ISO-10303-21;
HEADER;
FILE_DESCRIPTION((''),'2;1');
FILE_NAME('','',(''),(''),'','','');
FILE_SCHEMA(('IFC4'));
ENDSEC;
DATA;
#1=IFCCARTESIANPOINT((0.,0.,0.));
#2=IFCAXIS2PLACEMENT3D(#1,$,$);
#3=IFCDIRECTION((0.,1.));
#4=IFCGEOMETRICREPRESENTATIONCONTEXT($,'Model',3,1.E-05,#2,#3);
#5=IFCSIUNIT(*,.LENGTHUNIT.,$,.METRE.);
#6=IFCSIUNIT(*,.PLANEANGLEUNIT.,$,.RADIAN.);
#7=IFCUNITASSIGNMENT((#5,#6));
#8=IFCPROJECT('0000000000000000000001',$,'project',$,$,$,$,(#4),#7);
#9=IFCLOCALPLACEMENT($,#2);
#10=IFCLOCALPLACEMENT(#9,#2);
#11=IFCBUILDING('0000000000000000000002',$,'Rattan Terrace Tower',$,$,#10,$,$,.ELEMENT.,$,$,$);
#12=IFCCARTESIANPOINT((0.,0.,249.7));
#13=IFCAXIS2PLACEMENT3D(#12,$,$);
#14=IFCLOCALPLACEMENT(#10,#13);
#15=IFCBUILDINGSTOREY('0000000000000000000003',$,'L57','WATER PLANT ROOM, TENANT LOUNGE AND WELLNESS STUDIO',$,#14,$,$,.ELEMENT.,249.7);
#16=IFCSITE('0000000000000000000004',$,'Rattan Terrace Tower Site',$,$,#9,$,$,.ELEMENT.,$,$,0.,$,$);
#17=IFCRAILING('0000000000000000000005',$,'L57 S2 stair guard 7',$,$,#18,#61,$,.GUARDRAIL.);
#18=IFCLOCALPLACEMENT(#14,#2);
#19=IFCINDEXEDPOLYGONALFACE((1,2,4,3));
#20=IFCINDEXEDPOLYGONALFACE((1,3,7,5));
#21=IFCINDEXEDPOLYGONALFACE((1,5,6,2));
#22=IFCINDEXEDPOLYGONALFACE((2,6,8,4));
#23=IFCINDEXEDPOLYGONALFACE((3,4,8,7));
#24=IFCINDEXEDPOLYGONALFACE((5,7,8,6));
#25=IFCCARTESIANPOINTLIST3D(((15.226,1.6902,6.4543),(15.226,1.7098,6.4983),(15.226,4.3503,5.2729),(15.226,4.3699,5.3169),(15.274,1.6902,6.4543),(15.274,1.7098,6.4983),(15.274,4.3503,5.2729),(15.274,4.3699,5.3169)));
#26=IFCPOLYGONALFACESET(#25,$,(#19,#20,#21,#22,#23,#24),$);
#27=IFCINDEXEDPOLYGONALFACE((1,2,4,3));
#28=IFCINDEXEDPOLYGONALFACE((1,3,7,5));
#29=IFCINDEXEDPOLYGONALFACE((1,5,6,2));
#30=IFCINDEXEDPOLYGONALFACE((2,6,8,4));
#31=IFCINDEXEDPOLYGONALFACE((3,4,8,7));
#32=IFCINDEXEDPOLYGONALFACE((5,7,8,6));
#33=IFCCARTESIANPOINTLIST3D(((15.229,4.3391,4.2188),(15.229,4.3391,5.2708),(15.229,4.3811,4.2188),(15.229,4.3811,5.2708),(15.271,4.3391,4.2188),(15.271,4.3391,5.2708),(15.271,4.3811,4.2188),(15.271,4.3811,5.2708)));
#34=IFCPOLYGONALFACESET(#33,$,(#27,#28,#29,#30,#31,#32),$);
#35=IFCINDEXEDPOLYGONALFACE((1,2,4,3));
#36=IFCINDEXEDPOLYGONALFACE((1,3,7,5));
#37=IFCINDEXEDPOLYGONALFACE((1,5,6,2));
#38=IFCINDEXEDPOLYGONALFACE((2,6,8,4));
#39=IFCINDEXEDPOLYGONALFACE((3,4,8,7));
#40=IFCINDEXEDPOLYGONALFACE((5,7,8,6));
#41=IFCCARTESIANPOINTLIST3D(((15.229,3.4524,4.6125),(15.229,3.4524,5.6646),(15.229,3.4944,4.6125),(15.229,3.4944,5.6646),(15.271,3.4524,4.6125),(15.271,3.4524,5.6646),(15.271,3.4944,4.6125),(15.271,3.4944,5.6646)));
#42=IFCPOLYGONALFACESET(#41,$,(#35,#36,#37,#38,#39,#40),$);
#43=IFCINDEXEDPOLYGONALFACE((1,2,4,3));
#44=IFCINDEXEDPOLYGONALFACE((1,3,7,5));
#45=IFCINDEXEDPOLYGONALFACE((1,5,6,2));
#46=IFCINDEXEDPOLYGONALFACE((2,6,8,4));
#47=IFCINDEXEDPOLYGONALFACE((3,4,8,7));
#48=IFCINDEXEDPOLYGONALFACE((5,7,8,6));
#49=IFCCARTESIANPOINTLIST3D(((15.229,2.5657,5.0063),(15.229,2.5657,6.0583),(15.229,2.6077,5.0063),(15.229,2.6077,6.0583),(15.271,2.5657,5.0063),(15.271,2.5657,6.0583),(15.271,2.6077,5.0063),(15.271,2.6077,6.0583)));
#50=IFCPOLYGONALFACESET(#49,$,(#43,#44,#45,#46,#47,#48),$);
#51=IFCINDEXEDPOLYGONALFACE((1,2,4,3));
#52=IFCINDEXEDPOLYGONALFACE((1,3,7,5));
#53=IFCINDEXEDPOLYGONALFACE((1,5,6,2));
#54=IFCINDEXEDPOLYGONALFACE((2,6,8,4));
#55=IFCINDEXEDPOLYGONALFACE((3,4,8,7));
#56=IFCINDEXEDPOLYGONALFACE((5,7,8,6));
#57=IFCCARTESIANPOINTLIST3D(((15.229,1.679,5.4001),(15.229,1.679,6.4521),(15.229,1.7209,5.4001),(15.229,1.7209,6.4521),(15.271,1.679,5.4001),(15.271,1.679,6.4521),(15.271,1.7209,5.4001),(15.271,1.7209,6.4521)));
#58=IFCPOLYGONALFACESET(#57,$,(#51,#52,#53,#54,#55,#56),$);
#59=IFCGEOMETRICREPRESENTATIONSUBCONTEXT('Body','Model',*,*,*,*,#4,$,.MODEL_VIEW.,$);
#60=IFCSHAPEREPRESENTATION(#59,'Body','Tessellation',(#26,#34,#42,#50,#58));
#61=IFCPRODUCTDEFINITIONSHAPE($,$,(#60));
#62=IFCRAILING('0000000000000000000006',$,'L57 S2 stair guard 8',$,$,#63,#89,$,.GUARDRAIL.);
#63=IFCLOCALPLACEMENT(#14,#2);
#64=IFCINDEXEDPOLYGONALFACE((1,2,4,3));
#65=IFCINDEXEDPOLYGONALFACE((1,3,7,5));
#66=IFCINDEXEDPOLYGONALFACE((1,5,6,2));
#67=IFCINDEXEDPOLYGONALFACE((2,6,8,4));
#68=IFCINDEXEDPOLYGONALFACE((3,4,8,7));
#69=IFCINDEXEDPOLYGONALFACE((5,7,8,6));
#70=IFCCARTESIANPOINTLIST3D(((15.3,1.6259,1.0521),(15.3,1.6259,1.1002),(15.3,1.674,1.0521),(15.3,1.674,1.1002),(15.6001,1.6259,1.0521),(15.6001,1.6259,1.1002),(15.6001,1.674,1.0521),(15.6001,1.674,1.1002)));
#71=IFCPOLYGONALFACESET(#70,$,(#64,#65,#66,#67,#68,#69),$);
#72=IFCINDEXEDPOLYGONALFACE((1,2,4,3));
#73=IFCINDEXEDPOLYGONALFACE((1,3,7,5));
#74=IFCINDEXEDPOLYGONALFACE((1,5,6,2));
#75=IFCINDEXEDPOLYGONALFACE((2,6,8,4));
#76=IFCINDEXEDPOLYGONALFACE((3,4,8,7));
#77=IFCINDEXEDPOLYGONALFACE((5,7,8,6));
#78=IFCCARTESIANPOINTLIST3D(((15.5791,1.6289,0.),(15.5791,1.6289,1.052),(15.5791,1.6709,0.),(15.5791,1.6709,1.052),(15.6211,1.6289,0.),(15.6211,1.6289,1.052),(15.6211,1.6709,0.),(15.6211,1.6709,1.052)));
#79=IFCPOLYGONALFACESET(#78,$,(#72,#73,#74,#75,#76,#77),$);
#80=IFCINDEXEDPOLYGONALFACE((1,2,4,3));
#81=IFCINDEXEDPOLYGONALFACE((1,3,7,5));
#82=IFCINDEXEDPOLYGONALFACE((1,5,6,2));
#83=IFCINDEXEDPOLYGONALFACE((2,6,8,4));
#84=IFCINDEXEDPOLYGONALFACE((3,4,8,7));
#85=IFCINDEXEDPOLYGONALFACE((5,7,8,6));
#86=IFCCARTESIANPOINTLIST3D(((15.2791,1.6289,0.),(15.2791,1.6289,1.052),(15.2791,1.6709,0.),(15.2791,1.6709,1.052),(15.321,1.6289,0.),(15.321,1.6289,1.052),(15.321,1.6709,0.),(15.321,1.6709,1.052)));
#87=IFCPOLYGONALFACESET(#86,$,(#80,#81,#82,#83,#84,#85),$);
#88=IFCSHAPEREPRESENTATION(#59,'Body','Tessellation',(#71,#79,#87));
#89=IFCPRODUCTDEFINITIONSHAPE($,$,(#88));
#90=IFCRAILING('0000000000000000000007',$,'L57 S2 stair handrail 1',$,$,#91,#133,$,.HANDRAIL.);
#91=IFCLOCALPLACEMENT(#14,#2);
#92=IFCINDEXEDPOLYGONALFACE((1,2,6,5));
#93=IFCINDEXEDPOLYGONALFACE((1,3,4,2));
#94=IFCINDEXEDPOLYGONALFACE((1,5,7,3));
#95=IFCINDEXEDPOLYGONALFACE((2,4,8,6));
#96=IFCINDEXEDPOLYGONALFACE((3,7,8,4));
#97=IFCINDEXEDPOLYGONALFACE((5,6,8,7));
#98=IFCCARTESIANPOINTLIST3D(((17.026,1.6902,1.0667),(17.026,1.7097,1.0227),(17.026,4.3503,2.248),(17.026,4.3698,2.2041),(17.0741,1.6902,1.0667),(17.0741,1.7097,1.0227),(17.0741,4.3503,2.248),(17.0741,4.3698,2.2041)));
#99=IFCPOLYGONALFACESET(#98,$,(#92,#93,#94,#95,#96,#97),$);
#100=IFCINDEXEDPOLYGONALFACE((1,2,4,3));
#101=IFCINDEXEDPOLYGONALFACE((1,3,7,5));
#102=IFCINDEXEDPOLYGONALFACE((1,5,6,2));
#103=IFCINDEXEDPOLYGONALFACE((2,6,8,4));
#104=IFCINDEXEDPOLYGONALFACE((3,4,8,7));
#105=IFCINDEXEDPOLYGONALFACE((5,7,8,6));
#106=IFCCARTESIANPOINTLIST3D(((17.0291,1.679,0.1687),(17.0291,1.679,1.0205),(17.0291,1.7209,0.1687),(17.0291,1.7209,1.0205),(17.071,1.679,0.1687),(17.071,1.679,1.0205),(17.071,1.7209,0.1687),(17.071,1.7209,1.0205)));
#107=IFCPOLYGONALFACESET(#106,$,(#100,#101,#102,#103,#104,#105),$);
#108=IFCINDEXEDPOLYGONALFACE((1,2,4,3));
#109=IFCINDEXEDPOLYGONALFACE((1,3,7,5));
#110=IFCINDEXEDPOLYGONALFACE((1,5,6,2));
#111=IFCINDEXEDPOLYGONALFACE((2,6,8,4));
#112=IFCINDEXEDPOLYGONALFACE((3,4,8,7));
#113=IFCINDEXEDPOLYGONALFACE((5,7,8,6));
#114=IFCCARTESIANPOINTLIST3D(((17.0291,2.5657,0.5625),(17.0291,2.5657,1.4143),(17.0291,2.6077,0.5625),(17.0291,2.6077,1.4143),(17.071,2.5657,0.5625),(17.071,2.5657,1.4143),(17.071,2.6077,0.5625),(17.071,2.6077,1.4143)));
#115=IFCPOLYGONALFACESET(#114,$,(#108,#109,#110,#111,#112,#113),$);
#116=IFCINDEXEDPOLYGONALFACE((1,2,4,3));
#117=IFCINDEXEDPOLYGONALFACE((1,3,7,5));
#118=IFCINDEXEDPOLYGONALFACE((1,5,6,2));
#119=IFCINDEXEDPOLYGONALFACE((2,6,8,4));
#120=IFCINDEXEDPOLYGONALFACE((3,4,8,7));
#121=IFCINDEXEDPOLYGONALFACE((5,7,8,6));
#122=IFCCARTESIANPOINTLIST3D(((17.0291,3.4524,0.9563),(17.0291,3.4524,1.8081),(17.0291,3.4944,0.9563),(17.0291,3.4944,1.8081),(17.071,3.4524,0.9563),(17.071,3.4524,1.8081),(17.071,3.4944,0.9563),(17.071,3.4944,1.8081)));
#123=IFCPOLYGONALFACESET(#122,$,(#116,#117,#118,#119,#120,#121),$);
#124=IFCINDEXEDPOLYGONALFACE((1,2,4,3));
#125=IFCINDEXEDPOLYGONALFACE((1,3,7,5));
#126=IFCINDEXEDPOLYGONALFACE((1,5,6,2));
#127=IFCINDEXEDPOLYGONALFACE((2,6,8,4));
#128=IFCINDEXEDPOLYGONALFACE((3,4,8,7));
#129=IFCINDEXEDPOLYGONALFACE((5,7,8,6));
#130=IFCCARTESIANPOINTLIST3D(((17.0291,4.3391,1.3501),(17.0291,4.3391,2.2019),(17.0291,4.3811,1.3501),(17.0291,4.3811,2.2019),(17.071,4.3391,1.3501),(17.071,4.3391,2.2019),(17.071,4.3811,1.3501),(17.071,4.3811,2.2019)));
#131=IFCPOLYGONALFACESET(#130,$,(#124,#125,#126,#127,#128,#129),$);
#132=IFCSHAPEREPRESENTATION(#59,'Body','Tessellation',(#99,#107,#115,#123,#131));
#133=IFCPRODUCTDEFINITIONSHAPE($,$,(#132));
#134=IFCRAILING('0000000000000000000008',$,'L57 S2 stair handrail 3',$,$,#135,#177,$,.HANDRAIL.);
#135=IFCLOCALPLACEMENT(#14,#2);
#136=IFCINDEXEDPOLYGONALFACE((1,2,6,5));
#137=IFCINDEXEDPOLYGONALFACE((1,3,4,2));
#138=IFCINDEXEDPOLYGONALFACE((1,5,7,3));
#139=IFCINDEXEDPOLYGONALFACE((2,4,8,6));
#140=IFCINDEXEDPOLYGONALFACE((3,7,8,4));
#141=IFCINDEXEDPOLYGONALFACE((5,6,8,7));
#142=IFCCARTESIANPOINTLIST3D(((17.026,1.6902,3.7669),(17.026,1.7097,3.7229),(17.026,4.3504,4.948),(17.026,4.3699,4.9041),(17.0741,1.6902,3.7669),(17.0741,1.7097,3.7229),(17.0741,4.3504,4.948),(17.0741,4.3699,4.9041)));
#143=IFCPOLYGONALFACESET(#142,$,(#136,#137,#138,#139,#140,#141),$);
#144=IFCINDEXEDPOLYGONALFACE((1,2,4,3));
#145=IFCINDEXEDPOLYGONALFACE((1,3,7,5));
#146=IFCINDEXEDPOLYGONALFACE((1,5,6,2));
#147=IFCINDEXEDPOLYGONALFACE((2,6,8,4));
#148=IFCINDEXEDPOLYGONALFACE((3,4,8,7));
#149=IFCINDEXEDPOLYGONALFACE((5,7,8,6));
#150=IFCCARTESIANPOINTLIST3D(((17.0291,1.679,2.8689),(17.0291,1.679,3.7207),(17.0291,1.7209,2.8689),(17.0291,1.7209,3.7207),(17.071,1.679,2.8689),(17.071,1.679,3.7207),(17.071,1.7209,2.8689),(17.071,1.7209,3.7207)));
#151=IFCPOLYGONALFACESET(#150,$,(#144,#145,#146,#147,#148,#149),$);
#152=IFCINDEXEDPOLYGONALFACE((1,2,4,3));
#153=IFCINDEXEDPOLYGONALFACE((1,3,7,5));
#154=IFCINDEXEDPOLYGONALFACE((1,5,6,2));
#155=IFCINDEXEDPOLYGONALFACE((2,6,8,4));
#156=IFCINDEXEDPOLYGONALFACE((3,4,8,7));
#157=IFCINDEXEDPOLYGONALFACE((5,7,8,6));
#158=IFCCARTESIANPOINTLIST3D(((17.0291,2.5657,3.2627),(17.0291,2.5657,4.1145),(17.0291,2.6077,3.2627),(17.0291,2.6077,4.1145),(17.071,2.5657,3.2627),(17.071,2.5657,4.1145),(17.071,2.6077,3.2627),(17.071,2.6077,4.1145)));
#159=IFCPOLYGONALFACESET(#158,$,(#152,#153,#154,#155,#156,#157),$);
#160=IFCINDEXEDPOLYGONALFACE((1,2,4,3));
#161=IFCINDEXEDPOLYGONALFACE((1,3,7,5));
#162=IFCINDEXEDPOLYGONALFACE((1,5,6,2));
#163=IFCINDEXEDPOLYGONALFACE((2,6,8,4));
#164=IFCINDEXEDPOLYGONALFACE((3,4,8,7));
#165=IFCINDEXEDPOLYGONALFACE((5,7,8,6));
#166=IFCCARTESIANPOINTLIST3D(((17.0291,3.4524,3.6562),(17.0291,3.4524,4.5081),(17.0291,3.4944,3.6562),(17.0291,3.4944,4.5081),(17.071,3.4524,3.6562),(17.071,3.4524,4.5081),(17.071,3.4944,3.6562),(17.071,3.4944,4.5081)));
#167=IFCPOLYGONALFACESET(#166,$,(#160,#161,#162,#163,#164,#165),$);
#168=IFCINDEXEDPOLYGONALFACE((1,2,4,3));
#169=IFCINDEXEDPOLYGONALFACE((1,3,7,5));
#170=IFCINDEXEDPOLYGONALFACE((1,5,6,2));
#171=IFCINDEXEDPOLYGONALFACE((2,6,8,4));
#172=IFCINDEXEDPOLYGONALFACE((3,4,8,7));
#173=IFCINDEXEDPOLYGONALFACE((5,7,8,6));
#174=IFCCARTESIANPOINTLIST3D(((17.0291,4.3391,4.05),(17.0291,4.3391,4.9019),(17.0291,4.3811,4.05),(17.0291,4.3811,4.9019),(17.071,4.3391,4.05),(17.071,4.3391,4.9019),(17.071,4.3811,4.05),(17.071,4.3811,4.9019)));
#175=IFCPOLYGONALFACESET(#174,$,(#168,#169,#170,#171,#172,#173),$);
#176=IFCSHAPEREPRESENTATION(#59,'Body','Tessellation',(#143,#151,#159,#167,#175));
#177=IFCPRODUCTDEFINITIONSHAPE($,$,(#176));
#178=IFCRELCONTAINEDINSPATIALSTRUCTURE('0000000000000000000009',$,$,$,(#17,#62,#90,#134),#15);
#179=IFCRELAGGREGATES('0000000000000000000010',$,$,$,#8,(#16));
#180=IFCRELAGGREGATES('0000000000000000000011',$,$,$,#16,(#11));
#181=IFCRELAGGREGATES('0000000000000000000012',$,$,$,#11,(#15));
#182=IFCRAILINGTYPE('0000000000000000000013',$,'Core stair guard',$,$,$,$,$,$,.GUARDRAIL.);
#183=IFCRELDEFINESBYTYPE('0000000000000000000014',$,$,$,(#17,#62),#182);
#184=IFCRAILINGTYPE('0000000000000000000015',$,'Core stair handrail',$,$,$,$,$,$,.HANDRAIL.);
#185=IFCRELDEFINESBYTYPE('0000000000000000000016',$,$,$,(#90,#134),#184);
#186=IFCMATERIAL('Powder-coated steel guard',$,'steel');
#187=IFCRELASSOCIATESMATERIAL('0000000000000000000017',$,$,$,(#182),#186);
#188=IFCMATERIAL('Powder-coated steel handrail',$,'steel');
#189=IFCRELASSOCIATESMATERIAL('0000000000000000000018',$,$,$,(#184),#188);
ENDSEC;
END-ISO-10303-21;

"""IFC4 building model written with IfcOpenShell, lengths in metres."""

from ifc_helpers import new_model, si_unit, direction, frame, origin, origin_2d, place, context, subcontext, project, spatial, rectangle, extrude, material, type_object, element, save


model = new_model("IFC4")

# Units and contexts
model_context = context("Model", 3, precision=1e-05, world=origin(), true_north=direction((0.0, 1.0)))
body_context = subcontext(model_context, "Body", "Model", "MODEL_VIEW")
ifc_project = project(units=[si_unit("LENGTHUNIT", "METRE"), si_unit("PLANEANGLEUNIT", "RADIAN")], contexts=[model_context])

# Site, building, storey
site_placement = place(None, origin())
site = spatial("IfcSite", under=ifc_project, at=site_placement, Name="Rattan Terrace Tower Site", CompositionType="ELEMENT", RefElevation=0.0)
building_placement = place(site_placement, origin())
building = spatial("IfcBuilding", under=site, at=building_placement, Name="Rattan Terrace Tower", CompositionType="ELEMENT")
storey_placement = place(building_placement, frame((0.0, 0.0, 249.7)))
storey = spatial("IfcBuildingStorey", under=building, at=storey_placement, Name="L57", Description="WATER PLANT ROOM, TENANT LOUNGE AND WELLNESS STUDIO", CompositionType="ELEMENT", Elevation=249.7)

# Railings
ifc_material_1 = material(Name="Powder-coated steel guard", Category="steel")
railing_type_1 = type_object("IfcRailingType", Name="Core stair guard", PredefinedType="GUARDRAIL", material=ifc_material_1)
railing_1_placement = place(storey_placement, frame((15.25, 4.3601, 4.2188)))
element("IfcRailing", 1, at=railing_1_placement, inside=storey, type_object=railing_type_1, Name="L57 S2 stair guard 7", PredefinedType="GUARDRAIL", context=body_context, shape_type="SweptSolid", body=[
    extrude(rectangle(XDim=0.0481, YDim=0.0481, at=origin_2d()), frame((0.0, 0.0, 1.0762), z_axis=(0.0, -0.913926, 0.405882), x_axis=(1.0, 0.0, 0.0)), (0.0, 0.0, 1.0), 2.9106),
    extrude(rectangle(XDim=0.042, YDim=0.042, at=origin_2d()), origin(), (0.0, 0.0, 1.0), 1.052),
    extrude(rectangle(XDim=0.042, YDim=0.042, at=origin_2d()), frame((0.0, -0.8867, 0.3938)), (0.0, 0.0, 1.0), 1.052),
    extrude(rectangle(XDim=0.042, YDim=0.042, at=origin_2d()), frame((0.0, -1.7734, 0.7876)), (0.0, 0.0, 1.0), 1.052),
    extrude(rectangle(XDim=0.042, YDim=0.042, at=origin_2d()), frame((0.0, -2.6602, 1.1814)), (0.0, 0.0, 1.0), 1.052),
])
railing_2_placement = place(storey_placement, frame((15.6001, 1.6499, 0.0)))
element("IfcRailing", 2, at=railing_2_placement, inside=storey, type_object=railing_type_1, Name="L57 S2 stair guard 8", PredefinedType="GUARDRAIL", context=body_context, shape_type="SweptSolid", body=[
    extrude(rectangle(XDim=0.0481, YDim=0.0481, at=origin_2d()), frame((0.0, 0.0, 1.0762), z_axis=(-1.0, 0.0, 0.0), x_axis=(0.0, -1.0, 0.0)), (0.0, 0.0, 1.0), 0.3),
    extrude(rectangle(XDim=0.042, YDim=0.042, at=origin_2d()), origin(), (0.0, 0.0, 1.0), 1.052),
    extrude(rectangle(XDim=0.042, YDim=0.042, at=origin_2d()), frame((-0.3, 0.0, 0.0)), (0.0, 0.0, 1.0), 1.052),
])
ifc_material_2 = material(Name="Powder-coated steel handrail", Category="steel")
railing_type_2 = type_object("IfcRailingType", Name="Core stair handrail", PredefinedType="HANDRAIL", material=ifc_material_2)
railing_3_placement = place(storey_placement, frame((17.05, 1.7, 0.1687)))
element("IfcRailing", 3, at=railing_3_placement, inside=storey, type_object=railing_type_2, Name="L57 S2 stair handrail 1", PredefinedType="HANDRAIL", context=body_context, shape_type="SweptSolid", body=[
    extrude(rectangle(XDim=0.0481, YDim=0.0481, at=origin_2d()), frame((0.0, 0.0, 0.876), z_axis=(0.0, 0.913926, 0.405882), x_axis=(-1.0, 0.0, 0.0)), (0.0, 0.0, 1.0), 2.9106),
    extrude(rectangle(XDim=0.042, YDim=0.042, at=origin_2d()), origin(), (0.0, 0.0, 1.0), 0.8518),
    extrude(rectangle(XDim=0.042, YDim=0.042, at=origin_2d()), frame((0.0, 0.8867, 0.3938)), (0.0, 0.0, 1.0), 0.8518),
    extrude(rectangle(XDim=0.042, YDim=0.042, at=origin_2d()), frame((0.0, 1.7734, 0.7876)), (0.0, 0.0, 1.0), 0.8518),
    extrude(rectangle(XDim=0.042, YDim=0.042, at=origin_2d()), frame((0.0, 2.6602, 1.1814)), (0.0, 0.0, 1.0), 0.8518),
])
railing_4_placement = place(storey_placement, frame((17.05, 1.7, 2.8689)))
element("IfcRailing", 4, at=railing_4_placement, inside=storey, type_object=railing_type_2, Name="L57 S2 stair handrail 3", PredefinedType="HANDRAIL", context=body_context, shape_type="SweptSolid", body=[
    extrude(rectangle(XDim=0.0481, YDim=0.0481, at=origin_2d()), frame((0.0, 0.0, 0.876), z_axis=(0.0, 0.913957, 0.405812), x_axis=(-1.0, 0.0, 0.0)), (0.0, 0.0, 1.0), 2.9106),
    extrude(rectangle(XDim=0.042, YDim=0.042, at=origin_2d()), origin(), (0.0, 0.0, 1.0), 0.8518),
    extrude(rectangle(XDim=0.042, YDim=0.042, at=origin_2d()), frame((0.0, 0.8867, 0.3938)), (0.0, 0.0, 1.0), 0.8518),
    extrude(rectangle(XDim=0.042, YDim=0.042, at=origin_2d()), frame((0.0, 1.7734, 0.7874)), (0.0, 0.0, 1.0), 0.8518),
    extrude(rectangle(XDim=0.042, YDim=0.042, at=origin_2d()), frame((0.0, 2.6602, 1.1812)), (0.0, 0.0, 1.0), 0.8518),
])

save(model, "model.ifc")
